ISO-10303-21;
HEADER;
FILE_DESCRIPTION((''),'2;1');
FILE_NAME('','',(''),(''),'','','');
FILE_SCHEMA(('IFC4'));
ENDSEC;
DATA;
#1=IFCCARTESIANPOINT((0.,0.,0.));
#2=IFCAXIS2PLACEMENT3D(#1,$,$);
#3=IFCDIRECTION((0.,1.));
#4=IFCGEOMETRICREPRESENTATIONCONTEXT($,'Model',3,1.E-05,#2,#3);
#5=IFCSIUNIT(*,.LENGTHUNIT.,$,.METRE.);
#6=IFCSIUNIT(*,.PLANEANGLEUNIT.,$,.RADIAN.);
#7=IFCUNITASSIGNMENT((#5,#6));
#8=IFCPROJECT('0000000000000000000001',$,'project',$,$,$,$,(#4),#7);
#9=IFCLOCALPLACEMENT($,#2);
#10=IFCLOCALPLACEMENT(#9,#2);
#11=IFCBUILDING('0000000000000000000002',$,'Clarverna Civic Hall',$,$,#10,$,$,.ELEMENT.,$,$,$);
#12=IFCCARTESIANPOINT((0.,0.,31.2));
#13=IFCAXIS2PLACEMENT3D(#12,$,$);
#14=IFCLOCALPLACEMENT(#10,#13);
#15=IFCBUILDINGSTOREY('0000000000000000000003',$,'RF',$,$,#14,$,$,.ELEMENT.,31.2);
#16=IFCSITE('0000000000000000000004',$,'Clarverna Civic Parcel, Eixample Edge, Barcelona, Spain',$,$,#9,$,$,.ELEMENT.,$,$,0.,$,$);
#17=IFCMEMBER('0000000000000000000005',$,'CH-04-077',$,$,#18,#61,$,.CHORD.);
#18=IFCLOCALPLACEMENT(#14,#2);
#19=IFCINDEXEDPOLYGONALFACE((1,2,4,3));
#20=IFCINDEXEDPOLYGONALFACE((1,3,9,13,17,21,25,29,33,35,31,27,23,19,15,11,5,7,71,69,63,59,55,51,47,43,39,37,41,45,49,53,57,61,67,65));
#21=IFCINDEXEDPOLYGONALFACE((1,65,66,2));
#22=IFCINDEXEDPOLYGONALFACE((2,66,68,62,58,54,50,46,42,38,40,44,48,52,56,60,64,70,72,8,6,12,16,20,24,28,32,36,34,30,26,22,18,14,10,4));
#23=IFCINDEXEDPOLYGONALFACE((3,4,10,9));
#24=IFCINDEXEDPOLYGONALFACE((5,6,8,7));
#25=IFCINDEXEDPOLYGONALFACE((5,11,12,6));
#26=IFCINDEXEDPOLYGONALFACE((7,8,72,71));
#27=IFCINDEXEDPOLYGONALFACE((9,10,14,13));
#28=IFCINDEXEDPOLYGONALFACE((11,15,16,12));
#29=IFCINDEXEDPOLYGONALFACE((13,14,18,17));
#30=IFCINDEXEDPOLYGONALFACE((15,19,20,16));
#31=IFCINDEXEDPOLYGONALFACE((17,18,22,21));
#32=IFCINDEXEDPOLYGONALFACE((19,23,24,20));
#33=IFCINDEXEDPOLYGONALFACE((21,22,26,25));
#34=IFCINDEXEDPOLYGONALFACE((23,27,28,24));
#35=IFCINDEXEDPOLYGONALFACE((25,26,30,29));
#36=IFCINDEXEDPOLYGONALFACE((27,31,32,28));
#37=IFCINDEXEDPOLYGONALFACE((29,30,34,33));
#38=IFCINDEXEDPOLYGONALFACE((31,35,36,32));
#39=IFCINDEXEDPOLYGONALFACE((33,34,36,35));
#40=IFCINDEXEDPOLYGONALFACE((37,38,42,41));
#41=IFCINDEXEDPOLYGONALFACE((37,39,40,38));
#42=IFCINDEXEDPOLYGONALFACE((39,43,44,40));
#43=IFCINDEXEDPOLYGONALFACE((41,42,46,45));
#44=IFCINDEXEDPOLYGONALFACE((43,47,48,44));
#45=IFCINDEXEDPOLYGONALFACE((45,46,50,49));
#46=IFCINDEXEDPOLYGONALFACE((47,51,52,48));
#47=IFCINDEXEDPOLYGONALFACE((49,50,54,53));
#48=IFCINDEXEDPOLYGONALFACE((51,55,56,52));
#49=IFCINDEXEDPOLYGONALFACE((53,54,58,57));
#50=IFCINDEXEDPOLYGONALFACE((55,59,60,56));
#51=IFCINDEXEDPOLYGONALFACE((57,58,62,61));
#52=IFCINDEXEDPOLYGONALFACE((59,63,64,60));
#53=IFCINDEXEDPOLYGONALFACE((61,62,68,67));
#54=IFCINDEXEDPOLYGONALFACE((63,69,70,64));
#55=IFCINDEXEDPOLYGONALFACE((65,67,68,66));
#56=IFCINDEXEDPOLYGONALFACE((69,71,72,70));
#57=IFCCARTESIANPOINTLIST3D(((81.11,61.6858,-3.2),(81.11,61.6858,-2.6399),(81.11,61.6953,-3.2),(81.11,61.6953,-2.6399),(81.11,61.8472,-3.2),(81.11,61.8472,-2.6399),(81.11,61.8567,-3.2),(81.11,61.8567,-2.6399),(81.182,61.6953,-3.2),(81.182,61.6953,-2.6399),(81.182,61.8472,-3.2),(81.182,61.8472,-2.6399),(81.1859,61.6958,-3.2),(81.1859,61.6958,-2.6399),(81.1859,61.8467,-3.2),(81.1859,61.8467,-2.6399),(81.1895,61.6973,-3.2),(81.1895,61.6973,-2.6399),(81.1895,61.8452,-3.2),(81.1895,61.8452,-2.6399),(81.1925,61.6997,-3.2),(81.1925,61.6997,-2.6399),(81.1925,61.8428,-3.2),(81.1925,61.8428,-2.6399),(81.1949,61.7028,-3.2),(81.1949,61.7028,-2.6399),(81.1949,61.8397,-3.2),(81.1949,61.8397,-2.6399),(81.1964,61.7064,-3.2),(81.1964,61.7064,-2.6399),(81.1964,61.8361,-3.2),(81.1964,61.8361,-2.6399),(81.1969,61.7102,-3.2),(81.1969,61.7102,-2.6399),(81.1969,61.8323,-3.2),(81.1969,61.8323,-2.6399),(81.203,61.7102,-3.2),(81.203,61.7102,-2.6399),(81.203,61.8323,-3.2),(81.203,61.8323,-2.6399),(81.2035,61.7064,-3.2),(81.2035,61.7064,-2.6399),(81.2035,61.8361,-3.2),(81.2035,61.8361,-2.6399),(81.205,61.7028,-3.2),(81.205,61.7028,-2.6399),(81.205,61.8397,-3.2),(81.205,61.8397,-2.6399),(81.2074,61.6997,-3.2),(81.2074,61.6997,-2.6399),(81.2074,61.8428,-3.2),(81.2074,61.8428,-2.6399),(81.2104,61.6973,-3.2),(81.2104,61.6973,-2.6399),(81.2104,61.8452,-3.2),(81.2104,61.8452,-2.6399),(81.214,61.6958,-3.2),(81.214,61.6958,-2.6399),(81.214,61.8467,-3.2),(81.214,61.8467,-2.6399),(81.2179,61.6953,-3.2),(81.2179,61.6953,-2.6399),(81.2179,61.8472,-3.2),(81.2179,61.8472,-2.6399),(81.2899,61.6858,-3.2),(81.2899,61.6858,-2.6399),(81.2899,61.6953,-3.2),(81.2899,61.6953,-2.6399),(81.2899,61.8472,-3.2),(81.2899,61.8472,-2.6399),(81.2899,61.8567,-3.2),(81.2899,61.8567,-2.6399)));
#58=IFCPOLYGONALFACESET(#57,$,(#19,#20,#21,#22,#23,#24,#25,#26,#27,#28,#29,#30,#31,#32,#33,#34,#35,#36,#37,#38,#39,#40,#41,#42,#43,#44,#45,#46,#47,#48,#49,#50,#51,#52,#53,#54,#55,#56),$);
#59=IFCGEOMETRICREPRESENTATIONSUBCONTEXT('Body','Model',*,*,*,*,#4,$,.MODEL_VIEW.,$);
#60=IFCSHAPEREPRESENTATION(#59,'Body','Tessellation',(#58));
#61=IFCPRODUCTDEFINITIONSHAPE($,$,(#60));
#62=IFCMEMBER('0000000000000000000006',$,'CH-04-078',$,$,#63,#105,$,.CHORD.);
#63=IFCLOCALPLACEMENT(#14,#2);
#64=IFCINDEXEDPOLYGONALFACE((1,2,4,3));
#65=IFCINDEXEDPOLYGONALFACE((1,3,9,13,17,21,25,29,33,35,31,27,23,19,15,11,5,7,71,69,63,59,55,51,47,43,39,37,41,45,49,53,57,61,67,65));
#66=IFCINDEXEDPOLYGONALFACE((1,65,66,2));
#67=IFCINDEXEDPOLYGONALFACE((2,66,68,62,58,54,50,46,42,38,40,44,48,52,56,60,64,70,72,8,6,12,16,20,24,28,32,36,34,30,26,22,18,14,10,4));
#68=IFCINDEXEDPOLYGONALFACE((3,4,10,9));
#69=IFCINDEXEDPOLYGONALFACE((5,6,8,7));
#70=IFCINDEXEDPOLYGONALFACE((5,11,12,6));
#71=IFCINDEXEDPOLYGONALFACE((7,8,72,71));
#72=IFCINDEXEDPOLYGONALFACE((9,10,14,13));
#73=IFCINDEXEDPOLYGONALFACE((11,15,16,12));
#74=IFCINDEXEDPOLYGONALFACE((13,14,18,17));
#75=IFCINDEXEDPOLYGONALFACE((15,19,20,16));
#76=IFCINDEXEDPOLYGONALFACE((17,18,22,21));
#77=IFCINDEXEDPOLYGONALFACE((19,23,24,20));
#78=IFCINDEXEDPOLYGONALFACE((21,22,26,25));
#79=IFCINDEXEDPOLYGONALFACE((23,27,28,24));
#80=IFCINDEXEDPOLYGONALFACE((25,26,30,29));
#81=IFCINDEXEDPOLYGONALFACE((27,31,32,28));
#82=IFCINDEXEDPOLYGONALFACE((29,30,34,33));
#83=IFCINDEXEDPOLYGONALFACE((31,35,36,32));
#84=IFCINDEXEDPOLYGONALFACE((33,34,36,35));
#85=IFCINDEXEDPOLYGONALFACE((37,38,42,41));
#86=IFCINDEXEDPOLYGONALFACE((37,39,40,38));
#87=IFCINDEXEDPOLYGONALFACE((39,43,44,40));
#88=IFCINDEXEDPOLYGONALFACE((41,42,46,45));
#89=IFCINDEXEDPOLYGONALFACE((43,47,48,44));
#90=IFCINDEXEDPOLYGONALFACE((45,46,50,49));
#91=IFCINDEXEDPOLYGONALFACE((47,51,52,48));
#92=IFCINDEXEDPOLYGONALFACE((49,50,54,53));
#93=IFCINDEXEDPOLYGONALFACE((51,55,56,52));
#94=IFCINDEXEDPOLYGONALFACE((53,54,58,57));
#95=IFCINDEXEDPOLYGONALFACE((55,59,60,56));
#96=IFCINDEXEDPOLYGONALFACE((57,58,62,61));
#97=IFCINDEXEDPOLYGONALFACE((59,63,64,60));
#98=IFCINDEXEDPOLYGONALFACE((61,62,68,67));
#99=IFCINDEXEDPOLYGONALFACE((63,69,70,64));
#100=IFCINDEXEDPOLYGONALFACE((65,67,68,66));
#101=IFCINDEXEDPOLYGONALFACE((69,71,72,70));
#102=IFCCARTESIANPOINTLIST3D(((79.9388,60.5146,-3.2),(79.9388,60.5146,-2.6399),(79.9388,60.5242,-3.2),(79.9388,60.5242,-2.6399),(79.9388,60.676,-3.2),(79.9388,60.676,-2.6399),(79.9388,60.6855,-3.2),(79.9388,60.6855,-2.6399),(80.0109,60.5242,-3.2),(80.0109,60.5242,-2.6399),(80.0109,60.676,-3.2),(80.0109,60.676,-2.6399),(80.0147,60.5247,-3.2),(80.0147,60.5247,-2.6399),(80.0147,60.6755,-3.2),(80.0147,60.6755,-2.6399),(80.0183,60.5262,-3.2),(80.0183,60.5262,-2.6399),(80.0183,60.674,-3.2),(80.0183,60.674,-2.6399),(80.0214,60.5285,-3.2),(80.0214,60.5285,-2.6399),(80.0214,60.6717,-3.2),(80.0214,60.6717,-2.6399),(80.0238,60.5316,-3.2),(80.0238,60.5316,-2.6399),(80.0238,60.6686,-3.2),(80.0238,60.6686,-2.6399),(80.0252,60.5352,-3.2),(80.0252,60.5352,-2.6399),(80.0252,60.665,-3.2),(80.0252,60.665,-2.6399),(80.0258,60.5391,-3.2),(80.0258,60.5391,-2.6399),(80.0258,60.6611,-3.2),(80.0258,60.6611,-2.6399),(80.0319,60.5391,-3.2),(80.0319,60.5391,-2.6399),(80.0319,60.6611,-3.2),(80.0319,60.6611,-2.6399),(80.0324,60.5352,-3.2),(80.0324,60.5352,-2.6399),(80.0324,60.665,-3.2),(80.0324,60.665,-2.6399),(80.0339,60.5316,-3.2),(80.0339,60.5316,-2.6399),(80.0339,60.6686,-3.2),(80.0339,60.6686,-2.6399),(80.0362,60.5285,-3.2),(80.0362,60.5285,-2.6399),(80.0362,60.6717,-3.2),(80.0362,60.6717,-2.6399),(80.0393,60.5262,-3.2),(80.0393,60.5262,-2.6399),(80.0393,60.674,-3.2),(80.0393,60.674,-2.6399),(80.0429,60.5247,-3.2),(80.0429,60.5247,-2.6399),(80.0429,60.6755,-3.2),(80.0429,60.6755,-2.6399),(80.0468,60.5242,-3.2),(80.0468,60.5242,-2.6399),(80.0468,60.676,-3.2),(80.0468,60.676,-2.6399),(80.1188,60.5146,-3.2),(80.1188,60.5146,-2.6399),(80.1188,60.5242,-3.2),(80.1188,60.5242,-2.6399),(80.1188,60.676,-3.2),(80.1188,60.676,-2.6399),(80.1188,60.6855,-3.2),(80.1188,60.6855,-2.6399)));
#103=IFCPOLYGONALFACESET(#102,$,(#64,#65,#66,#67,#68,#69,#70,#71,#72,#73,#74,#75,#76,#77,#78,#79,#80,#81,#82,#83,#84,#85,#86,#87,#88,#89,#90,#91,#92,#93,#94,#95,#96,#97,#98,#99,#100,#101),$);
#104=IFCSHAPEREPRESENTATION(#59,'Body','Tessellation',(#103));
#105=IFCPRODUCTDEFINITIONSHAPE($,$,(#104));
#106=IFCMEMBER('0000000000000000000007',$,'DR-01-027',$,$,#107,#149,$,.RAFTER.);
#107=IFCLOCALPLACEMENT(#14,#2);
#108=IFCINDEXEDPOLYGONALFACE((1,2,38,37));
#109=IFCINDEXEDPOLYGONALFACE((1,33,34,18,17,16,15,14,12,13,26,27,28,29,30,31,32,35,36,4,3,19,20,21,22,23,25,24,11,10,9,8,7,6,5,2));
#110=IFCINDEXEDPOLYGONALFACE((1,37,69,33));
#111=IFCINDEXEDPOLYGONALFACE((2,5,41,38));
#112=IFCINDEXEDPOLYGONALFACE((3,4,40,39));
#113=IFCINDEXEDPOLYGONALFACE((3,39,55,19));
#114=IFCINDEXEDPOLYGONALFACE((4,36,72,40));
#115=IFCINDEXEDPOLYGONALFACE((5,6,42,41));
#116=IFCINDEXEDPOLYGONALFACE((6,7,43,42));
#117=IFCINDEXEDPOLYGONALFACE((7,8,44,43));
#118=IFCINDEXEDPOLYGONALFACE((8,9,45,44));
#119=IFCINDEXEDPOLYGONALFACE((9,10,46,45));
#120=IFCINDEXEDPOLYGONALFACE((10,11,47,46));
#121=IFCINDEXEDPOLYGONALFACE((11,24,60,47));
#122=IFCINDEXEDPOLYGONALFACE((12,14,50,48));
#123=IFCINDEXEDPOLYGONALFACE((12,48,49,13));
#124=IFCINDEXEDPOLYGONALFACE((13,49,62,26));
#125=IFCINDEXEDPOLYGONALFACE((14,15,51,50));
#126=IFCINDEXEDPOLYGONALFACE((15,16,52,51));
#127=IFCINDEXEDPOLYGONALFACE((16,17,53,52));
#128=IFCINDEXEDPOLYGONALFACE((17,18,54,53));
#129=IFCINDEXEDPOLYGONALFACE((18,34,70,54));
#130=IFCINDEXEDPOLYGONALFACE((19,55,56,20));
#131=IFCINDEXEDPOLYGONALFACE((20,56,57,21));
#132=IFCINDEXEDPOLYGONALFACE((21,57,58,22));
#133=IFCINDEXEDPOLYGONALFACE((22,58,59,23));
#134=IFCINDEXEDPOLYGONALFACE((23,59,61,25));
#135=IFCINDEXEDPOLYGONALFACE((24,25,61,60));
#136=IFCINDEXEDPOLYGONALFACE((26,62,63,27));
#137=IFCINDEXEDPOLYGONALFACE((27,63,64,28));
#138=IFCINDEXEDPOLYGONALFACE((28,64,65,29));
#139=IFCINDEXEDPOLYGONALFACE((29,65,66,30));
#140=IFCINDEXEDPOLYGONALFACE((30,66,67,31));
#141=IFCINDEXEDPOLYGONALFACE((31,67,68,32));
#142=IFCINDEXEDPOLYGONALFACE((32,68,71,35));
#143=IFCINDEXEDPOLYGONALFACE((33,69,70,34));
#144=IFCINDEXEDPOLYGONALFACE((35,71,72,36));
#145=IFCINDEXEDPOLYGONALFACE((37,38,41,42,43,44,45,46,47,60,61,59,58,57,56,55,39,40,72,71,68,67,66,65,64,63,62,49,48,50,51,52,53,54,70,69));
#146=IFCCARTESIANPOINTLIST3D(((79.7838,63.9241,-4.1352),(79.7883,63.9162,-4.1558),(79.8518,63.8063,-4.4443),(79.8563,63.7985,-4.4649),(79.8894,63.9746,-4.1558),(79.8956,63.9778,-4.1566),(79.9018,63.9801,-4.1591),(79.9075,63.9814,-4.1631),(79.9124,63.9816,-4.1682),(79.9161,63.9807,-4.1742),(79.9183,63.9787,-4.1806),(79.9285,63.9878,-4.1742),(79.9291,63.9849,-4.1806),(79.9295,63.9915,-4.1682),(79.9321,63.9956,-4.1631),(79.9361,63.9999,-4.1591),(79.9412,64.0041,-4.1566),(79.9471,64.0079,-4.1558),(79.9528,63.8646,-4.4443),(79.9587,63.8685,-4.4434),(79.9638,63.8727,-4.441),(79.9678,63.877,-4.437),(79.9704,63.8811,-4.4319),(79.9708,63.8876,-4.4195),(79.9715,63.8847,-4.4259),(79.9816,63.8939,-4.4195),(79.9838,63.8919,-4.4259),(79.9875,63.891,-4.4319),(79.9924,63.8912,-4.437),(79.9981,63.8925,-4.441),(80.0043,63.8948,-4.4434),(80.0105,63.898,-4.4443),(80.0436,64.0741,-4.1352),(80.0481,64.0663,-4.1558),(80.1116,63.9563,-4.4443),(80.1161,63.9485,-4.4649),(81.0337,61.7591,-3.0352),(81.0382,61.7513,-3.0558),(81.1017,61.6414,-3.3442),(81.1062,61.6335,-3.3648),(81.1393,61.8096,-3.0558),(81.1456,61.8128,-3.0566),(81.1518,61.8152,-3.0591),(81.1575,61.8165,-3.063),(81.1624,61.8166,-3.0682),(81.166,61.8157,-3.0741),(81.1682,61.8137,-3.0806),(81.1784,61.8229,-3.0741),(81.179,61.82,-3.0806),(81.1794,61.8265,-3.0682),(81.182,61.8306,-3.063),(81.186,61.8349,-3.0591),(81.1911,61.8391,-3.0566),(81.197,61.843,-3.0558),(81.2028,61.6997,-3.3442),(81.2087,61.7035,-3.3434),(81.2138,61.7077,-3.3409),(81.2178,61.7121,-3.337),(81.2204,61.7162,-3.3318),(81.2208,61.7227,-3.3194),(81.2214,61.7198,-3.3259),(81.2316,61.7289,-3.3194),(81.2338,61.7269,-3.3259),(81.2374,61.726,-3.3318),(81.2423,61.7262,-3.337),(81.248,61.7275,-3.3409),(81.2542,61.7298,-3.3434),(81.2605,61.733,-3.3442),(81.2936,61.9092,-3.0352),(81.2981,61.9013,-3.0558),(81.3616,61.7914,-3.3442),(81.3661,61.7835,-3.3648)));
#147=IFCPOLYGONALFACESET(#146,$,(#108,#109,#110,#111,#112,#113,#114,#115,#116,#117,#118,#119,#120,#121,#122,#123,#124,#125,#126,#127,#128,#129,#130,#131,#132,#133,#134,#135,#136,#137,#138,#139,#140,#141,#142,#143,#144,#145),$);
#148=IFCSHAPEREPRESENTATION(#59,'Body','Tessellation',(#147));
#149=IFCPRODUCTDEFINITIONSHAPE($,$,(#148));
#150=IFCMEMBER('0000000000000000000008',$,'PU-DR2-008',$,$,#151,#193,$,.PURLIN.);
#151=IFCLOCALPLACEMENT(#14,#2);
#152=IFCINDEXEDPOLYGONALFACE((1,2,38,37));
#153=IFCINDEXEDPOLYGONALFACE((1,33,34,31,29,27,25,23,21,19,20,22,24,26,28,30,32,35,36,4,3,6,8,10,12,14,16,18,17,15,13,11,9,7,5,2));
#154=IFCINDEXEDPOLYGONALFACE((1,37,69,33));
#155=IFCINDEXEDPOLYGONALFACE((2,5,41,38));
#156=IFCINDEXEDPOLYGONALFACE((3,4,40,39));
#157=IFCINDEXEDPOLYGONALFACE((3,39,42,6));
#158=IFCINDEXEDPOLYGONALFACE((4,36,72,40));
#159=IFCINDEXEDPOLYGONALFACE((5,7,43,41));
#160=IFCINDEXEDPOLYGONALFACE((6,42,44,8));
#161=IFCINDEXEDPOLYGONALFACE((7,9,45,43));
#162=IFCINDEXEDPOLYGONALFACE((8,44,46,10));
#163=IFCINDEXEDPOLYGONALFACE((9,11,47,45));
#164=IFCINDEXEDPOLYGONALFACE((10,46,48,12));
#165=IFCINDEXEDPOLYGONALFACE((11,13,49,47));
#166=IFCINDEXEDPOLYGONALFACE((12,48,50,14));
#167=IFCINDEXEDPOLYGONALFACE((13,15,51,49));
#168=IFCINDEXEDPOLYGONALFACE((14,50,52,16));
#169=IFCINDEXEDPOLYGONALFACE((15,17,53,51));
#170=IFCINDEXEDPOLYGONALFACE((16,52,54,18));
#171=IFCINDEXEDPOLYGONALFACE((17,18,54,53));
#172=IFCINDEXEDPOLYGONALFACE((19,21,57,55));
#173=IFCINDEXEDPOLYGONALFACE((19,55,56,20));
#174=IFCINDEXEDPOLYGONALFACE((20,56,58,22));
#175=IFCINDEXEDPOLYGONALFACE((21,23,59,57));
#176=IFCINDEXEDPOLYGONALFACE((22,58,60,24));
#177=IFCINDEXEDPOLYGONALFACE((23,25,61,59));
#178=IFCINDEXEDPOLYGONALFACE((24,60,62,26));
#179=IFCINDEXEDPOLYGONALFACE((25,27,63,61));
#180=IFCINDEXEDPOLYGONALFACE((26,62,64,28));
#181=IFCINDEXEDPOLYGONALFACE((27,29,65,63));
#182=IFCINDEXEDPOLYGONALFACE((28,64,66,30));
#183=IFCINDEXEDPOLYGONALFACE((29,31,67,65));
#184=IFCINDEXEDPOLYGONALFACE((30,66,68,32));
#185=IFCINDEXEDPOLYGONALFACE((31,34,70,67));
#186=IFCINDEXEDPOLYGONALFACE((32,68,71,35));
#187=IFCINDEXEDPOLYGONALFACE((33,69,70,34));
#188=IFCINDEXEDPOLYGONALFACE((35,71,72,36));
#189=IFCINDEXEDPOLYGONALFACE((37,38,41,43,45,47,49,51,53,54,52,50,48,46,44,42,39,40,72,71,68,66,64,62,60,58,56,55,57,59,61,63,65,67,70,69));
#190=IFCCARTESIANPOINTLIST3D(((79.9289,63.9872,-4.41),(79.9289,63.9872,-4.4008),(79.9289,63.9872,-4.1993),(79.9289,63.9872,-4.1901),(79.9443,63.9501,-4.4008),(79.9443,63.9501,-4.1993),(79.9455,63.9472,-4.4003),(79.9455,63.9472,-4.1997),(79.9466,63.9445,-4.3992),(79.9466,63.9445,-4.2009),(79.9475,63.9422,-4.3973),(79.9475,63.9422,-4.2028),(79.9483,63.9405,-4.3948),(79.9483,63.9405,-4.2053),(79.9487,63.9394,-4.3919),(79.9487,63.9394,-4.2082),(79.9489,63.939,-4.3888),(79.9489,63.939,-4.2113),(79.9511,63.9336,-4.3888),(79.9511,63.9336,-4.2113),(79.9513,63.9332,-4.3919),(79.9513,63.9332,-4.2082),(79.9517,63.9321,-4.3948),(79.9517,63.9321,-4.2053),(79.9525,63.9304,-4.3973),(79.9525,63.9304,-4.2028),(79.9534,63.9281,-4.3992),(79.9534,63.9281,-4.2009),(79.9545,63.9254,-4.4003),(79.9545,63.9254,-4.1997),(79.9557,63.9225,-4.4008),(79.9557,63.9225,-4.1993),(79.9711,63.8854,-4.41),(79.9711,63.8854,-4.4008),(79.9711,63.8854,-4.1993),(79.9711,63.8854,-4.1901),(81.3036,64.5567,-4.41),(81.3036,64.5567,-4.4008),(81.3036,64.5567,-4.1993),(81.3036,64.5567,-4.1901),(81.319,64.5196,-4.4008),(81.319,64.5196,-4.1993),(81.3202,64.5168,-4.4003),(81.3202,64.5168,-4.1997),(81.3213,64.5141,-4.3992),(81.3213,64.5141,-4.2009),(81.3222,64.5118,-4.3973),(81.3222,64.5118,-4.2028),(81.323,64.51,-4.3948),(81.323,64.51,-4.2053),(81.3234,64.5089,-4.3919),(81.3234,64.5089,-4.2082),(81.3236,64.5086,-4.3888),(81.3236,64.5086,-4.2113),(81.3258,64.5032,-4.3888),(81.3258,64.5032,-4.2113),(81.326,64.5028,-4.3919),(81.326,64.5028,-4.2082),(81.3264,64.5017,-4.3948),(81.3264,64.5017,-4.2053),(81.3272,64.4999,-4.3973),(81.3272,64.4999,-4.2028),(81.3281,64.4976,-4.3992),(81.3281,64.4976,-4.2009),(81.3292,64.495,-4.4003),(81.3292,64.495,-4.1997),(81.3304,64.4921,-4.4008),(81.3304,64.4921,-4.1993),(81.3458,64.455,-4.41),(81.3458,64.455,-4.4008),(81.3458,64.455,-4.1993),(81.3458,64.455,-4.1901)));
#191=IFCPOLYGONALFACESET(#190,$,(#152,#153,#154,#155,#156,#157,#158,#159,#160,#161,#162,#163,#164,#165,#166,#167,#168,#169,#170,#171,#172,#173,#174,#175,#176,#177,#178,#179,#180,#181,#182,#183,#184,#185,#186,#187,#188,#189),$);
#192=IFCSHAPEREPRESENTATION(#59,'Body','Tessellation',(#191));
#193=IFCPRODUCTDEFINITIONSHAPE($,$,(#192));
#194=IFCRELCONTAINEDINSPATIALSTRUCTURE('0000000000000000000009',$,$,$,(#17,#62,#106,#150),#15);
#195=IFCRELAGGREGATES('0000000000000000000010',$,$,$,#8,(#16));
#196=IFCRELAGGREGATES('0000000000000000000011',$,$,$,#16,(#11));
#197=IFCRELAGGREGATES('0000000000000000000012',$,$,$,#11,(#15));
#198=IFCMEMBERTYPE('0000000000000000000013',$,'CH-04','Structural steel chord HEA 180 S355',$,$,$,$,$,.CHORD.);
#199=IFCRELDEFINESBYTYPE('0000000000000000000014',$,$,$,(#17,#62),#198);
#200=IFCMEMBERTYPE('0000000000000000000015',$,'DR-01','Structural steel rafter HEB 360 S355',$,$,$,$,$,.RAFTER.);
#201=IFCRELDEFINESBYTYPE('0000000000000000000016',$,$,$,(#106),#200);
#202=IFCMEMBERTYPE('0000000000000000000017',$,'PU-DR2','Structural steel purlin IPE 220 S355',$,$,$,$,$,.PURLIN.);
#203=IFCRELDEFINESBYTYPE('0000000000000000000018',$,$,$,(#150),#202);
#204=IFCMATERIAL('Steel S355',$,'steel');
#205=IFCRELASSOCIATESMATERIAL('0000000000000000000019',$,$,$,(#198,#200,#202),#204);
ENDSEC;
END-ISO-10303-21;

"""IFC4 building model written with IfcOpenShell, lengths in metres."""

from ifc_helpers import new_model, si_unit, direction, frame, origin, origin_2d, place, context, subcontext, project, spatial, i_section, extrude, material, material_profile, profile_set, type_object, element, save


model = new_model("IFC4")

# Units and contexts
model_context = context("Model", 3, precision=1e-05, world=origin(), true_north=direction((0.0, 1.0)))
body_context = subcontext(model_context, "Body", "Model", "MODEL_VIEW")
ifc_project = project(units=[si_unit("LENGTHUNIT", "METRE"), si_unit("PLANEANGLEUNIT", "RADIAN")], contexts=[model_context])

# Site, building, storey
site_placement = place(None, origin())
site = spatial("IfcSite", under=ifc_project, at=site_placement, Name="Clarverna Civic Parcel, Eixample Edge, Barcelona, Spain", CompositionType="ELEMENT", RefElevation=0.0)
building_placement = place(site_placement, origin())
building = spatial("IfcBuilding", under=site, at=building_placement, Name="Clarverna Civic Hall", CompositionType="ELEMENT")
storey_placement = place(building_placement, frame((0.0, 0.0, 31.2)))
storey = spatial("IfcBuildingStorey", under=building, at=storey_placement, Name="RF", CompositionType="ELEMENT", Elevation=31.2)

# Members
ifc_material_1 = material(Name="Steel S355", Category="steel")
ifc_material_profile_1 = material_profile(ifc_material_1, i_section(OverallWidth=0.1799, OverallDepth=0.1709, WebThickness=0.0061, FlangeThickness=0.0095, FilletRadius=0.0149, at=origin_2d()), Name="HEA 180")
ifc_profile_set_1 = profile_set([ifc_material_profile_1], Name="Steel S355")
member_type_1 = type_object("IfcMemberType", Name="CH-04", Description="Structural steel chord HEA 180 S355", PredefinedType="CHORD", material=ifc_profile_set_1)
for number, where, z_axis, x_axis, name in (
    (1, (81.2, 61.7712, -3.2), (0.0, 0.0, 1.0), (1.0, 0.0, 0.0), "CH-04-077"),
    (2, (80.0288, 60.6001, -3.2), (0.0, 0.0, 1.0), (1.0, 0.0, 0.0), "CH-04-078"),
):
    element("IfcMember", number, at=place(storey_placement, frame(where, z_axis=z_axis, x_axis=x_axis)), inside=storey, type_object=member_type_1, Name=name, PredefinedType="CHORD", context=body_context, shape_type="SweptSolid", body=[
        extrude(i_section(OverallWidth=0.1799, OverallDepth=0.1709, WebThickness=0.0061, FlangeThickness=0.0095, FilletRadius=0.0149, at=origin_2d()), origin(), (0.0, 0.0, 1.0), 0.5601),
    ])
ifc_material_profile_2 = material_profile(ifc_material_1, i_section(OverallWidth=0.3, OverallDepth=0.3601, WebThickness=0.0125, FlangeThickness=0.0225, FilletRadius=0.0271, at=origin_2d()), Name="HEB 360")
ifc_profile_set_2 = profile_set([ifc_material_profile_2], Name="Steel S355")
member_type_2 = type_object("IfcMemberType", Name="DR-01", Description="Structural steel rafter HEB 360 S355", PredefinedType="RAFTER", material=ifc_profile_set_2)
member_1_placement = place(storey_placement, frame((79.95, 63.9363, -4.3), z_axis=(0.457654, -0.792671, 0.402771), x_axis=(0.866023, 0.500004, 0.0)))
element("IfcMember", 3, at=member_1_placement, inside=storey, type_object=member_type_2, Name="DR-01-027", PredefinedType="RAFTER", context=body_context, shape_type="SweptSolid", body=[
    extrude(i_section(OverallWidth=0.3, OverallDepth=0.3601, WebThickness=0.0125, FlangeThickness=0.0225, FilletRadius=0.0271, at=origin_2d()), origin(), (0.0, 0.0, 1.0), 2.7312),
])
ifc_material_profile_3 = material_profile(ifc_material_1, i_section(OverallWidth=0.1101, OverallDepth=0.22, WebThickness=0.0059, FlangeThickness=0.0093, FilletRadius=0.012, at=origin_2d()), Name="IPE 220")
ifc_profile_set_3 = profile_set([ifc_material_profile_3], Name="Steel S355")
member_type_3 = type_object("IfcMemberType", Name="PU-DR2", Description="Structural steel purlin IPE 220 S355", PredefinedType="PURLIN", material=ifc_profile_set_3)
member_2_placement = place(storey_placement, frame((81.3247, 64.5059, -4.3), z_axis=(-0.923847, -0.382762, 0.0), x_axis=(0.382762, -0.923847, 0.0)))
element("IfcMember", 4, at=member_2_placement, inside=storey, type_object=member_type_3, Name="PU-DR2-008", PredefinedType="PURLIN", context=body_context, shape_type="SweptSolid", body=[
    extrude(i_section(OverallWidth=0.1101, OverallDepth=0.22, WebThickness=0.0059, FlangeThickness=0.0093, FilletRadius=0.012, at=origin_2d()), origin(), (0.0, 0.0, 1.0), 1.488),
])

save(model, "model.ifc")
